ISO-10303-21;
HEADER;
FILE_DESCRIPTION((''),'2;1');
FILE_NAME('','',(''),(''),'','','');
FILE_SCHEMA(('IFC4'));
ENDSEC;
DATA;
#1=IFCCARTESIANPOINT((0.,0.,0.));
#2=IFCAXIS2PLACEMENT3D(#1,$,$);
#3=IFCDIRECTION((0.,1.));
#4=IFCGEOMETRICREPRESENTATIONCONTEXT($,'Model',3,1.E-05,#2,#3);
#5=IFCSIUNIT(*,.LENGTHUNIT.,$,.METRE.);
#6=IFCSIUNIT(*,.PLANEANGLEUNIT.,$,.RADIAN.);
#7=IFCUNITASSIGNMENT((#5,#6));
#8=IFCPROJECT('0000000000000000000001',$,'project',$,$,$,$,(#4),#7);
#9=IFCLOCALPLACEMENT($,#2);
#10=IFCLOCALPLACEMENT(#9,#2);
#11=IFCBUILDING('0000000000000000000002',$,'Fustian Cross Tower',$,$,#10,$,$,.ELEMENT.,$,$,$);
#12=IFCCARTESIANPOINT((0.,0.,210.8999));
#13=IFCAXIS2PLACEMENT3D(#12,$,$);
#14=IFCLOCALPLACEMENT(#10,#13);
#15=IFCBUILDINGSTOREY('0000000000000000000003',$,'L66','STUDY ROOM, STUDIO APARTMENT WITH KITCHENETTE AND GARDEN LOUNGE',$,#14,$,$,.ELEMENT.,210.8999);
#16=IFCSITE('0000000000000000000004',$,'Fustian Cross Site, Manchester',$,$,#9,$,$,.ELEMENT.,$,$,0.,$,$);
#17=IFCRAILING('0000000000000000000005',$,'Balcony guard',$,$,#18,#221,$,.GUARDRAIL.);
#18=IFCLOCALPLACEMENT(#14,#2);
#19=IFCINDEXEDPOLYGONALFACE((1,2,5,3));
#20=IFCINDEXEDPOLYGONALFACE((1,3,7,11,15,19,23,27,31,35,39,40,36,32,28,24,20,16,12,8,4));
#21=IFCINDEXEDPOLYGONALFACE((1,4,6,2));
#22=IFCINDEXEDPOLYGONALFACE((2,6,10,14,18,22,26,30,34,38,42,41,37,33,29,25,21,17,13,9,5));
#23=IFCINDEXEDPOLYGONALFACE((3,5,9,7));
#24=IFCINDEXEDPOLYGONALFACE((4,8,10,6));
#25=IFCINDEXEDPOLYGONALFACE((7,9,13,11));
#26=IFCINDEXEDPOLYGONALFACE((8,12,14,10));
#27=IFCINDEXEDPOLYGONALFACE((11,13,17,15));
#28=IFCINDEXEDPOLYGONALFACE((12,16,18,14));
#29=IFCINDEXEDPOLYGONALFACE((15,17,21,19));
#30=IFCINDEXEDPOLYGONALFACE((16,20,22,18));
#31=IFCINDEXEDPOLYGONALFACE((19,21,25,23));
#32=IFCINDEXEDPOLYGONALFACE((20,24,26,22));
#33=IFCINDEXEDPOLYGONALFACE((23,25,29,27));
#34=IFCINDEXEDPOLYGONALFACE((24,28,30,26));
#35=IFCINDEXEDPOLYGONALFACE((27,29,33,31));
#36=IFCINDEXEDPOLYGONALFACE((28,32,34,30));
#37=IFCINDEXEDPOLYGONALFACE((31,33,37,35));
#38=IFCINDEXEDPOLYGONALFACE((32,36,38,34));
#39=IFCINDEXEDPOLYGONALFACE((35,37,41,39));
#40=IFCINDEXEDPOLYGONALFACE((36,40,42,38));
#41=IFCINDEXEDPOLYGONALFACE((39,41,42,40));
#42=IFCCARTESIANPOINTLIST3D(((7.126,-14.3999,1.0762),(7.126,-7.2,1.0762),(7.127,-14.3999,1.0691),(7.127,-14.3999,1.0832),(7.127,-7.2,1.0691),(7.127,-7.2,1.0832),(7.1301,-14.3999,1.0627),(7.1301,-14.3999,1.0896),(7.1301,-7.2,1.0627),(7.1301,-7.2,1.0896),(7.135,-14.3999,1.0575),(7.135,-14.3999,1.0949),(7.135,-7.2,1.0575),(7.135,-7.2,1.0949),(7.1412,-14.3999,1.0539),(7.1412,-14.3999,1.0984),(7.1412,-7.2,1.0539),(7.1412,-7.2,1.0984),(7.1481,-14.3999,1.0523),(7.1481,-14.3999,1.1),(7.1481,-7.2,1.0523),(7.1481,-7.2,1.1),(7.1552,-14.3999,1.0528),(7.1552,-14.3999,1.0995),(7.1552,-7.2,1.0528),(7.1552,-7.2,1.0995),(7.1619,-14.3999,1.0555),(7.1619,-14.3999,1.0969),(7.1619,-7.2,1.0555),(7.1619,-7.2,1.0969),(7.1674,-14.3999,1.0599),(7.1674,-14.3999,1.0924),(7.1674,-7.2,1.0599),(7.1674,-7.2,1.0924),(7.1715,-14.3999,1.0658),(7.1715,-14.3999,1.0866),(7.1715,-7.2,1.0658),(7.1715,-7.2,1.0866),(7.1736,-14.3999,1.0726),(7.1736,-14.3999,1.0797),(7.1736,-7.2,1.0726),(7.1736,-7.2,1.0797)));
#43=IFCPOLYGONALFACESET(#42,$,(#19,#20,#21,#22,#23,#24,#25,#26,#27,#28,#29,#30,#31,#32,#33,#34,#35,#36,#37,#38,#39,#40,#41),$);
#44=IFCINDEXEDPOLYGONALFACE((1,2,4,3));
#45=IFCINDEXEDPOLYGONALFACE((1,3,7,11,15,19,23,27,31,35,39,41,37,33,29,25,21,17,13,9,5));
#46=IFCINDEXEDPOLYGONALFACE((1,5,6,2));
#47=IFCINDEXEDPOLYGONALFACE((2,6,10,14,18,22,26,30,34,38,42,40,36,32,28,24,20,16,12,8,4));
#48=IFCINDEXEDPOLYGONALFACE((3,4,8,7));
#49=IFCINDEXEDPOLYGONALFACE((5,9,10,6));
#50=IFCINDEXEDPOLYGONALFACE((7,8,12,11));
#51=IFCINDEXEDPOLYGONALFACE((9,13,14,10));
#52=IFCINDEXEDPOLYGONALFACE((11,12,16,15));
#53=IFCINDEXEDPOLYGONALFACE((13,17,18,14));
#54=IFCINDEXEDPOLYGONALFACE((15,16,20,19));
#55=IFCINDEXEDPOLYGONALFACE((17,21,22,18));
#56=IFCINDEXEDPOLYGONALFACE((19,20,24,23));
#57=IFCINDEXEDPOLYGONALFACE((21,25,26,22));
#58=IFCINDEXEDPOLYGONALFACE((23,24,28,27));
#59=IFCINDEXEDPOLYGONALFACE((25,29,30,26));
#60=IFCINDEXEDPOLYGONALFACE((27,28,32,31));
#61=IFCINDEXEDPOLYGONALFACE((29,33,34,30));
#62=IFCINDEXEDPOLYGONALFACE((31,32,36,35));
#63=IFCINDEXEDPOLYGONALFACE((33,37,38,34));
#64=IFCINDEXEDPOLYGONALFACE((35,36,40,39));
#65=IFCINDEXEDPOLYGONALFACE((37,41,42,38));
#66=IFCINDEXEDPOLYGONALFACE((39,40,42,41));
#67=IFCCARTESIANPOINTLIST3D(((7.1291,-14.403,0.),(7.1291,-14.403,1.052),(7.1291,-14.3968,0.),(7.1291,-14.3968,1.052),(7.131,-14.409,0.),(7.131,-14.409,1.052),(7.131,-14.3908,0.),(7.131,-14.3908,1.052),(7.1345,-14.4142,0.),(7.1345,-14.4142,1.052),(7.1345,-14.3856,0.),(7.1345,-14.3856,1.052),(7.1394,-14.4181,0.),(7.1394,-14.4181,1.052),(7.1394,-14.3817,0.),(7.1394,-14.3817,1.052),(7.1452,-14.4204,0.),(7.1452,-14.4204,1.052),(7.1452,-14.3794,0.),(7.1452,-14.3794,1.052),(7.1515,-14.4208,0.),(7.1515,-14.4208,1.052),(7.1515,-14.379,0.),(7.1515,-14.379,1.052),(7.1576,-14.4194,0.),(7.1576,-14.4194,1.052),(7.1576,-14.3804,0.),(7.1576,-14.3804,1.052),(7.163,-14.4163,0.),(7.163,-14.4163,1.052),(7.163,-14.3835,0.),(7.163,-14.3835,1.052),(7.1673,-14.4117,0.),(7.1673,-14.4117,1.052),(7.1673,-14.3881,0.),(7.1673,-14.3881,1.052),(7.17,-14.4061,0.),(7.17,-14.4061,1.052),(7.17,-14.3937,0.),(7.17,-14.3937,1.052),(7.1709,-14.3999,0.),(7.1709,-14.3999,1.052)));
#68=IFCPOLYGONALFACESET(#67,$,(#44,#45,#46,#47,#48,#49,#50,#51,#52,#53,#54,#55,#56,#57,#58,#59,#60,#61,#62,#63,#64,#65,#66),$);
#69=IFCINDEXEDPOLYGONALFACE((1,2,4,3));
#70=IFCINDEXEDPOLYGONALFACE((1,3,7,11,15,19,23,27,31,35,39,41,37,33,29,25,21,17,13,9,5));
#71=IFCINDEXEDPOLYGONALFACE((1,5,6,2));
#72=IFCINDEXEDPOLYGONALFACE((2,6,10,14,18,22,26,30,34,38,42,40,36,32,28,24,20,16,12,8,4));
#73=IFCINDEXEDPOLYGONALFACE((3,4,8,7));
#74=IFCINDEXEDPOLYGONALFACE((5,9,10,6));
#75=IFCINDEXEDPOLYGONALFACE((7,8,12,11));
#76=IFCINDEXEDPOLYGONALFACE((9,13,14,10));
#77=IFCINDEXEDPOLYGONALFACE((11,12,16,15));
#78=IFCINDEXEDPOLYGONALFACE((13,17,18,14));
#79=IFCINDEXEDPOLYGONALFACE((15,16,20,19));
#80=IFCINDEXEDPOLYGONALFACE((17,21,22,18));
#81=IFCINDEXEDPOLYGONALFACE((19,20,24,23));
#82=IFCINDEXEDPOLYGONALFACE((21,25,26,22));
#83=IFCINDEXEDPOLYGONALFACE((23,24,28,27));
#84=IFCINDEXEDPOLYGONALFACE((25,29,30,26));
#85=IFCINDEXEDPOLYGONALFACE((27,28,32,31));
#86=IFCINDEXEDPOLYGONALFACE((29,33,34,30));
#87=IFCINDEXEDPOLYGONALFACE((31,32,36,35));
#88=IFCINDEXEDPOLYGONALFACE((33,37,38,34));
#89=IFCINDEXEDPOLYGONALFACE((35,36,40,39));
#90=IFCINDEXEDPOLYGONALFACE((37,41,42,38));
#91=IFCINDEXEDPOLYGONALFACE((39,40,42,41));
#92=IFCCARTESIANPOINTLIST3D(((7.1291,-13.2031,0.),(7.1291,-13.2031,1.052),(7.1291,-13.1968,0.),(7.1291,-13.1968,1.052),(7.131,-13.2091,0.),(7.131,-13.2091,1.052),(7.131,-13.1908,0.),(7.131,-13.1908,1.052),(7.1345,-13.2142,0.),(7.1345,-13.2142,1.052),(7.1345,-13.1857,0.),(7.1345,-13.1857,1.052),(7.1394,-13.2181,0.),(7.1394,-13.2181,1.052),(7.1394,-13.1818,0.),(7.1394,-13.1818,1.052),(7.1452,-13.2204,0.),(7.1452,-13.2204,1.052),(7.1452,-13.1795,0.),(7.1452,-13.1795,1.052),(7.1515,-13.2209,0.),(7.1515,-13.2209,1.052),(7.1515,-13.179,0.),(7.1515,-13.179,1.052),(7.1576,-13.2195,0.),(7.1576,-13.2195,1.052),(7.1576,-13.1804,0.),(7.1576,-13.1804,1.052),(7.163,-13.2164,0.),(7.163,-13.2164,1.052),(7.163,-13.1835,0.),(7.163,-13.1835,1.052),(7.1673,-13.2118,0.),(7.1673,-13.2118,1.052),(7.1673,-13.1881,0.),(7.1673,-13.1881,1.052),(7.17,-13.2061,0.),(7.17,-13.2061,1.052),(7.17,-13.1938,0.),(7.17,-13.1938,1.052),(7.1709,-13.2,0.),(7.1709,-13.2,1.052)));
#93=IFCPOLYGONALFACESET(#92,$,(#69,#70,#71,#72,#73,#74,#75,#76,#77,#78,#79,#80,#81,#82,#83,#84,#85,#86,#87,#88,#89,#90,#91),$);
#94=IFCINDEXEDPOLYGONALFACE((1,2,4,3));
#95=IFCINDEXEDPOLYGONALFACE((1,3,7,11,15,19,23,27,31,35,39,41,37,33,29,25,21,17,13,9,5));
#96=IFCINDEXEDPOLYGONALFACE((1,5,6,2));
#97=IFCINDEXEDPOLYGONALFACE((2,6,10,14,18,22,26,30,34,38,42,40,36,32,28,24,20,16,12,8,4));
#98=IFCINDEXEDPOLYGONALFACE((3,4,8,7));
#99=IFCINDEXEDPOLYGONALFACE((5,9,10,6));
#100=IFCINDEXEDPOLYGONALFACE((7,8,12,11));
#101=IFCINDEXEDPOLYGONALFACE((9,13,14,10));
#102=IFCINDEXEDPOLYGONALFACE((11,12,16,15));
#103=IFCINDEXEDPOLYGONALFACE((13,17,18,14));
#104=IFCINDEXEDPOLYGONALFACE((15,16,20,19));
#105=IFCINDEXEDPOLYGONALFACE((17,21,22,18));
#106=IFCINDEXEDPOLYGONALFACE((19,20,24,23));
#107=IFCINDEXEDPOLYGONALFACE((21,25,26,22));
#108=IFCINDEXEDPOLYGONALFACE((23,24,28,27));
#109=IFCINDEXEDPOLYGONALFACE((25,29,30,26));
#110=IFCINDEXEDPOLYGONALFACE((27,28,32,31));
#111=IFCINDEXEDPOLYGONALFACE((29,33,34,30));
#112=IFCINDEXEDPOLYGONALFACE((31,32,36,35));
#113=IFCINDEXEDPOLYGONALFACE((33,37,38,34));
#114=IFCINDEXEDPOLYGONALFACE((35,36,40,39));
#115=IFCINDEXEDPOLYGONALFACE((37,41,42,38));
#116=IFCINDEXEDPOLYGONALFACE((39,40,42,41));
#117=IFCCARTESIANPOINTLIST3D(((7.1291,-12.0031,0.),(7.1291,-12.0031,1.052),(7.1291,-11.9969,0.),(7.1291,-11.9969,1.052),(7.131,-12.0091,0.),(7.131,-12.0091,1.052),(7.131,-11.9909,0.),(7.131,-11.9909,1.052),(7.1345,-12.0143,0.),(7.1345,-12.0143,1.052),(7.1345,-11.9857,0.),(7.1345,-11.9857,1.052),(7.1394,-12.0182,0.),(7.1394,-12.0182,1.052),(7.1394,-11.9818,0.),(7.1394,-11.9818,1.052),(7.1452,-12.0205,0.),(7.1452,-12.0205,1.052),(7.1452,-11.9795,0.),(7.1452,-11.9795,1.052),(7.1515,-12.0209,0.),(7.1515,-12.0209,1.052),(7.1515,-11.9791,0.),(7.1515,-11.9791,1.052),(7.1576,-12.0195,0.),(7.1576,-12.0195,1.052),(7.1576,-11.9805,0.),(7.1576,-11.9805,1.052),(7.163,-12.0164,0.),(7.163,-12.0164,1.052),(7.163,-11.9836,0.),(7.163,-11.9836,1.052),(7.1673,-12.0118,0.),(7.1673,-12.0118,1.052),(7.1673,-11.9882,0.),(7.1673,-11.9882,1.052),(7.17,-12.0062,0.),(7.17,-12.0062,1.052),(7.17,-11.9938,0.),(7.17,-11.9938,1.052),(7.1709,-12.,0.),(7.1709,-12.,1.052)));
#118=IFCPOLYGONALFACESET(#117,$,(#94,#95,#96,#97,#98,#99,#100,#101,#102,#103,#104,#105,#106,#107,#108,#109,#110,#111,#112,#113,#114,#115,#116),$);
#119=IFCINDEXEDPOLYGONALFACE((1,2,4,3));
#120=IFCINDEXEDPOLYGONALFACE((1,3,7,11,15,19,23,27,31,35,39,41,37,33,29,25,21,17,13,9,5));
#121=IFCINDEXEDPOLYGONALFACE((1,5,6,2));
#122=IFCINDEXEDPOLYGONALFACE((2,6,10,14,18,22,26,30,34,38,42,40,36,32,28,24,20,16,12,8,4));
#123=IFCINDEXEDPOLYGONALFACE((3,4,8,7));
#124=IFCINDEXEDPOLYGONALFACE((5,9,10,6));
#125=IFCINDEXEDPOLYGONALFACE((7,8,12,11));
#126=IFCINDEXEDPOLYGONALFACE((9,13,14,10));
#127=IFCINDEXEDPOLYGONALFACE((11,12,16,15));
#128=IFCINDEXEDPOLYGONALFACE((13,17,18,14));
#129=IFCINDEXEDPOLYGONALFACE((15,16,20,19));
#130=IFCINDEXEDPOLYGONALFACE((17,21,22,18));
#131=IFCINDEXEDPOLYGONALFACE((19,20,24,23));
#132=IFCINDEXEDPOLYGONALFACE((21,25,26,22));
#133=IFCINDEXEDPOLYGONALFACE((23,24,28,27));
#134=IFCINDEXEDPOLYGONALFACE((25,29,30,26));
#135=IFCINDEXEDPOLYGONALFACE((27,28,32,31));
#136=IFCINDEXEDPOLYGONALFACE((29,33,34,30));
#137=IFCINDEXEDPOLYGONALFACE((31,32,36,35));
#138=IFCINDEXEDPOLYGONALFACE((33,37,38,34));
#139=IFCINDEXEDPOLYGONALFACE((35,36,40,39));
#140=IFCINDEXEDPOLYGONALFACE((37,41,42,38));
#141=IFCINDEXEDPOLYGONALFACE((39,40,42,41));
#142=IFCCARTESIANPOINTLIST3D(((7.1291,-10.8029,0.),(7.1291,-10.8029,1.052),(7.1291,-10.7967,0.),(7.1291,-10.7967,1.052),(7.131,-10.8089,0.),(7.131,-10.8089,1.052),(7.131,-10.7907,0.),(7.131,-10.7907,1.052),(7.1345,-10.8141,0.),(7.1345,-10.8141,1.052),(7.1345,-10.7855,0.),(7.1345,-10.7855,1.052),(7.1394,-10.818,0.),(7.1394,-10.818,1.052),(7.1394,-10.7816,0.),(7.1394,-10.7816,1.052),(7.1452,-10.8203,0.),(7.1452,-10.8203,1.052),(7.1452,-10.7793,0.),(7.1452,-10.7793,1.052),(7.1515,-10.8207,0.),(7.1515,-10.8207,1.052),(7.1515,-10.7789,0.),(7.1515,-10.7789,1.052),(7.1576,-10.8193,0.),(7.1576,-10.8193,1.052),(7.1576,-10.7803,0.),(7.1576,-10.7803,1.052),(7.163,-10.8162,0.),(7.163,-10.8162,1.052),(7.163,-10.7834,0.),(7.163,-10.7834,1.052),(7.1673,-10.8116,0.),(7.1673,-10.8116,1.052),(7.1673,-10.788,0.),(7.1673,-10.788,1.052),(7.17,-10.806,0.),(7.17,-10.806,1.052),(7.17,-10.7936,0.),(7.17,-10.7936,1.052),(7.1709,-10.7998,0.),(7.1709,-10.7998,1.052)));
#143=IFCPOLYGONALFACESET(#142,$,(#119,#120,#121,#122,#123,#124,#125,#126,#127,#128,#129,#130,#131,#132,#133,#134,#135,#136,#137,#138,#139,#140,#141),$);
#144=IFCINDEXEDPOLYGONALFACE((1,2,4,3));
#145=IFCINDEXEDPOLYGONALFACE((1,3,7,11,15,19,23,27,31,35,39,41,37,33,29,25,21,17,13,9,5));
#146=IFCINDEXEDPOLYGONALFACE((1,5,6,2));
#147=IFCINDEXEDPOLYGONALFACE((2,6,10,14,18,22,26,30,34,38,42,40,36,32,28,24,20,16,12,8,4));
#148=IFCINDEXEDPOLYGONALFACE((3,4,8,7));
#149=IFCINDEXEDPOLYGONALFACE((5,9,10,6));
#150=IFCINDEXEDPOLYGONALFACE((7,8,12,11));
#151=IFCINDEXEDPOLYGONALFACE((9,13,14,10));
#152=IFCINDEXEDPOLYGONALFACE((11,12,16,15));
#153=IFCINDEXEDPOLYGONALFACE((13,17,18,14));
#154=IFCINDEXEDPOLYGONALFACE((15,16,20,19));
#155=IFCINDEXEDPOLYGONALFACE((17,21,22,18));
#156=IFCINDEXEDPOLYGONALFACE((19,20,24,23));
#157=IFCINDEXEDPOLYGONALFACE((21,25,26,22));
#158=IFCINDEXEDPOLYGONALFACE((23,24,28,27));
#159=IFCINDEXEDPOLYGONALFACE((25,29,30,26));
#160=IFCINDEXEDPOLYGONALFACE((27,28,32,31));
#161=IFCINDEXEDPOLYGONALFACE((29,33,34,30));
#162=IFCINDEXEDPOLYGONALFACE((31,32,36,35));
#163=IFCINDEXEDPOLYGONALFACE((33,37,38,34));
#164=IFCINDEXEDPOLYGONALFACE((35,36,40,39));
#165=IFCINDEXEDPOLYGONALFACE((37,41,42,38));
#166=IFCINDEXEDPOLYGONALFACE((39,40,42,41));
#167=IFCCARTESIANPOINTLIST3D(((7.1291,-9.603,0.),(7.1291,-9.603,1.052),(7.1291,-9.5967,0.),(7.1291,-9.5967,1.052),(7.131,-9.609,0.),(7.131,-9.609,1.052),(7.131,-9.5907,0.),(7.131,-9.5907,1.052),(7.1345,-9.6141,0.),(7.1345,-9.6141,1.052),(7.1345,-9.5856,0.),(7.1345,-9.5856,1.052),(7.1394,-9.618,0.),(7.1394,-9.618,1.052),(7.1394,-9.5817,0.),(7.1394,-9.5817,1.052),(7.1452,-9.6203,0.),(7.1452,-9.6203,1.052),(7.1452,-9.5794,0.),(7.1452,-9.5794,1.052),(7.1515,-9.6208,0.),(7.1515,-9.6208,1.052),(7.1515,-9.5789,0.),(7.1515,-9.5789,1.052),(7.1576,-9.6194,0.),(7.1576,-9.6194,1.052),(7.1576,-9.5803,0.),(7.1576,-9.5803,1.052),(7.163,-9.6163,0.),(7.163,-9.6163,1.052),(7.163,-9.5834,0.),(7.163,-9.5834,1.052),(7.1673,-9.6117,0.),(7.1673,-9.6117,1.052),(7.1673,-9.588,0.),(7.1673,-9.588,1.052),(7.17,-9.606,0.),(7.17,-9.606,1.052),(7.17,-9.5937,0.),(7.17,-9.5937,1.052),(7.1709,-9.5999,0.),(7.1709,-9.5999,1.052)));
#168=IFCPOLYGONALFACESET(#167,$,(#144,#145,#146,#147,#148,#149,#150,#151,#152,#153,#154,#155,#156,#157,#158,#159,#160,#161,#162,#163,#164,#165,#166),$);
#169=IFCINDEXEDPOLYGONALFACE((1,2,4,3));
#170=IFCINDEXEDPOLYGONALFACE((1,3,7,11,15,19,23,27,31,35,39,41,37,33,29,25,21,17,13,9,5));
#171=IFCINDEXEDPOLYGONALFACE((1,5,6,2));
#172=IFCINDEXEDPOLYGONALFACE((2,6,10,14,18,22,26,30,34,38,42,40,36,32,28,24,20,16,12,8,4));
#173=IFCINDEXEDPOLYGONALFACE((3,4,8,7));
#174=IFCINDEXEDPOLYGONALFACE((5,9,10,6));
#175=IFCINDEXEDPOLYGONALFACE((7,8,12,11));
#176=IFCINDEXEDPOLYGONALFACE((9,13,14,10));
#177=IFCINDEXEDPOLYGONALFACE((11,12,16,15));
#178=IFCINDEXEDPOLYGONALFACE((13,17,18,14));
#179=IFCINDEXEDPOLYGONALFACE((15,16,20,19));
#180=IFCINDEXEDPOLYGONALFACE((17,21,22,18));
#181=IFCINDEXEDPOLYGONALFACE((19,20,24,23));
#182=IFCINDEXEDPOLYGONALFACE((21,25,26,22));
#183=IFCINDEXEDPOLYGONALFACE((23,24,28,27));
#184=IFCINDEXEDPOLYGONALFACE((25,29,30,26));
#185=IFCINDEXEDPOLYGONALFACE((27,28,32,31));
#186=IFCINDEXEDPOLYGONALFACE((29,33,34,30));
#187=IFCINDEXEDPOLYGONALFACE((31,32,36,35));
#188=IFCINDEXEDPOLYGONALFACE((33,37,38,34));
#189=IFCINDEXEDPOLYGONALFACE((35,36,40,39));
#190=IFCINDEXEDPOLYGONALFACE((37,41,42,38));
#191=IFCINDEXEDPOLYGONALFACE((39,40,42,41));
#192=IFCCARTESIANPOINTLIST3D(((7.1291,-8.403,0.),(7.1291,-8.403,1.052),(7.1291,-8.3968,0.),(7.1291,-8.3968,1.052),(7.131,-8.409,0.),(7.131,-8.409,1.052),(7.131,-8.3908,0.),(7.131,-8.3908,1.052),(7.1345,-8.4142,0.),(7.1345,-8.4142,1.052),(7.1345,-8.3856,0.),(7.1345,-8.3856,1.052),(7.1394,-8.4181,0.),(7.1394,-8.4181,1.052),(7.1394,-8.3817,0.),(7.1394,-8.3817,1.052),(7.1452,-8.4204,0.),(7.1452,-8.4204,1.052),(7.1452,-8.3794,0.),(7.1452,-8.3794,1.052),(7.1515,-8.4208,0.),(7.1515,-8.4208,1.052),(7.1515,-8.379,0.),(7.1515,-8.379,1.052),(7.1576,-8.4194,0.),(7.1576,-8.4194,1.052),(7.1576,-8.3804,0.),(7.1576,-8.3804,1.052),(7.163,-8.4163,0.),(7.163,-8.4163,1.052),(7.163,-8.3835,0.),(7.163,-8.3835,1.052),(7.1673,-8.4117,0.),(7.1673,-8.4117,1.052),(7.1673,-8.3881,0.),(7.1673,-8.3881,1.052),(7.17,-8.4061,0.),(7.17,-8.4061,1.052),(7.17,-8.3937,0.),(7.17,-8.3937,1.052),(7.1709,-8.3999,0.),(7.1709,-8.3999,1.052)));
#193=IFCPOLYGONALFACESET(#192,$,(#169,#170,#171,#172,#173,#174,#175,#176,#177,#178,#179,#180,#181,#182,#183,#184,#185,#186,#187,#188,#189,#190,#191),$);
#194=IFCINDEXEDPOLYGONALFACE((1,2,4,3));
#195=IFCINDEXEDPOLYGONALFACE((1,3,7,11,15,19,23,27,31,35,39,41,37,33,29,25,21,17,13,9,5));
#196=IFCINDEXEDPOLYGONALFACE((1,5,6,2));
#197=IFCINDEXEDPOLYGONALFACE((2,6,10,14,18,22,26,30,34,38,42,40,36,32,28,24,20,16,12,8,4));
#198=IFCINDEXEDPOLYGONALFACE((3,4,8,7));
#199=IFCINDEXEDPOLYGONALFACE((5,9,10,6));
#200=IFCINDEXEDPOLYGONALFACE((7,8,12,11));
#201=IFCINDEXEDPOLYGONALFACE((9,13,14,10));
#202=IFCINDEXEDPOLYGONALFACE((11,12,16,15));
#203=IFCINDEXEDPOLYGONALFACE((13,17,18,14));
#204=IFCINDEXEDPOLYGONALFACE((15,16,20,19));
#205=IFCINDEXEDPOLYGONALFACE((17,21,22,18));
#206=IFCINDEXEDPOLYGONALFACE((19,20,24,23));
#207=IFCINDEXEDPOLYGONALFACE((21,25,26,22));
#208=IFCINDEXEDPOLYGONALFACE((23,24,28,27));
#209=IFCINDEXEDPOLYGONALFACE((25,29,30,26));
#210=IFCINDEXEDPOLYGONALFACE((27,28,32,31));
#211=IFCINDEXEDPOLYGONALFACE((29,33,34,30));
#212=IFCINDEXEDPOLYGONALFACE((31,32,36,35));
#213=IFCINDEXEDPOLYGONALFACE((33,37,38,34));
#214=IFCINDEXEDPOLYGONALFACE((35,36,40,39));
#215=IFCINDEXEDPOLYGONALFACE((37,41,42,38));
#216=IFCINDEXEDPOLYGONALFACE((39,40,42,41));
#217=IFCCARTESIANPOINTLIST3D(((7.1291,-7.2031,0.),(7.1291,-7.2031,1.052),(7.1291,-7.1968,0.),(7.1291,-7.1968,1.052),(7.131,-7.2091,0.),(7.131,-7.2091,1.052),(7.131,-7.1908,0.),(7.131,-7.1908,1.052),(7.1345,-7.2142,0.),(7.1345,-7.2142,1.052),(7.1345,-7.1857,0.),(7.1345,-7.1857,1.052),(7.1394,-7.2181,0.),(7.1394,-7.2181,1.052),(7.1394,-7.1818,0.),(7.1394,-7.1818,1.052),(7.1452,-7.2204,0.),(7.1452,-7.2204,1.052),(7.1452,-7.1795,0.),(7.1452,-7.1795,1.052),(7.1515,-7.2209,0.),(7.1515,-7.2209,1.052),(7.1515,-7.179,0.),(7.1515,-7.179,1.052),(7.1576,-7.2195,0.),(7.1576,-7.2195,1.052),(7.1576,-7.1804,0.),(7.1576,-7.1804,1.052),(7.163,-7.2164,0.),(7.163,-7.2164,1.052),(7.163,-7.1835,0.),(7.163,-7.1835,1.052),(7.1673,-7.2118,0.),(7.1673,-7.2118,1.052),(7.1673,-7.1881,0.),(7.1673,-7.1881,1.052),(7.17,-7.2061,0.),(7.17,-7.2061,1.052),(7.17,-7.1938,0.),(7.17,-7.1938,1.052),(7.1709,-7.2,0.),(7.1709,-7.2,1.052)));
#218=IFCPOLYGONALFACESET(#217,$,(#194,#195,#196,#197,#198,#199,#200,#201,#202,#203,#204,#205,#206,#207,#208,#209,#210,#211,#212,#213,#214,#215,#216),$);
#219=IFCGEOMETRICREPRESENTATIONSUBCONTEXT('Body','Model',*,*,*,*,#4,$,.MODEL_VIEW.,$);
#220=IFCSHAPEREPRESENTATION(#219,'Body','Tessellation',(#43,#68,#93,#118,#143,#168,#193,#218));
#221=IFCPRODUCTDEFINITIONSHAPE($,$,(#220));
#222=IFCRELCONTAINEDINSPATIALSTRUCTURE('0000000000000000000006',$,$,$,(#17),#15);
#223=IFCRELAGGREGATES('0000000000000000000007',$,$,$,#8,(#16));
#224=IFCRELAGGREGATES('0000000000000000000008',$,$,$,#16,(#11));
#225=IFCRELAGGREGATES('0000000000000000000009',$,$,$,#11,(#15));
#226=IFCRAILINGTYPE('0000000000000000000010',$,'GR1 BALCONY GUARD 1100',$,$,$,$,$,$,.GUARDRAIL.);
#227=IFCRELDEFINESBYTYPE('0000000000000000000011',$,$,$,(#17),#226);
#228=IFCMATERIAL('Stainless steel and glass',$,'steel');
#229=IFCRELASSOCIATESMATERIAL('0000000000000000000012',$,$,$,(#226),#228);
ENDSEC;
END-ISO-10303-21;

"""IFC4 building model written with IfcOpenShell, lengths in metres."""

from ifc_helpers import new_model, si_unit, direction, frame, origin, origin_2d, place, context, subcontext, project, spatial, circle, extrude, material, type_object, element, save


model = new_model("IFC4")

# Units and contexts
model_context = context("Model", 3, precision=1e-05, world=origin(), true_north=direction((0.0, 1.0)))
body_context = subcontext(model_context, "Body", "Model", "MODEL_VIEW")
ifc_project = project(units=[si_unit("LENGTHUNIT", "METRE"), si_unit("PLANEANGLEUNIT", "RADIAN")], contexts=[model_context])

# Site, building, storey
site_placement = place(None, origin())
site = spatial("IfcSite", under=ifc_project, at=site_placement, Name="Fustian Cross Site, Manchester", CompositionType="ELEMENT", RefElevation=0.0)
building_placement = place(site_placement, origin())
building = spatial("IfcBuilding", under=site, at=building_placement, Name="Fustian Cross Tower", CompositionType="ELEMENT")
storey_placement = place(building_placement, frame((0.0, 0.0, 210.8999)))
storey = spatial("IfcBuildingStorey", under=building, at=storey_placement, Name="L66", Description="STUDY ROOM, STUDIO APARTMENT WITH KITCHENETTE AND GARDEN LOUNGE", CompositionType="ELEMENT", Elevation=210.8999)

# Railing
ifc_material_1 = material(Name="Stainless steel and glass", Category="steel")
railing_type = type_object("IfcRailingType", Name="GR1 BALCONY GUARD 1100", PredefinedType="GUARDRAIL", material=ifc_material_1)
railing_placement = place(storey_placement, frame((7.1499, -14.3999, 0.0)))
element("IfcRailing", 1, at=railing_placement, inside=storey, type_object=railing_type, Name="Balcony guard", PredefinedType="GUARDRAIL", context=body_context, shape_type="SweptSolid", body=[
    extrude(circle(Radius=0.0239, at=origin_2d()), frame((0.0, 0.0, 1.0762), z_axis=(0.0, 1.0, 0.0), x_axis=(-1.0, 0.0, 0.0)), (0.0, 0.0, 1.0), 7.2),
    extrude(circle(Radius=0.021, at=origin_2d()), origin(), (0.0, 0.0, 1.0), 1.052),
    extrude(circle(Radius=0.021, at=origin_2d()), frame((0.0, 1.2, 0.0)), (0.0, 0.0, 1.0), 1.052),
    extrude(circle(Radius=0.021, at=origin_2d()), frame((0.0, 2.3999, 0.0)), (0.0, 0.0, 1.0), 1.052),
    extrude(circle(Radius=0.021, at=origin_2d()), frame((0.0, 3.6001, 0.0)), (0.0, 0.0, 1.0), 1.052),
    extrude(circle(Radius=0.021, at=origin_2d()), frame((0.0, 4.8, 0.0)), (0.0, 0.0, 1.0), 1.052),
    extrude(circle(Radius=0.021, at=origin_2d()), frame((0.0, 6.0, 0.0)), (0.0, 0.0, 1.0), 1.052),
    extrude(circle(Radius=0.021, at=origin_2d()), frame((0.0, 7.2, 0.0)), (0.0, 0.0, 1.0), 1.052),
])

save(model, "model.ifc")
